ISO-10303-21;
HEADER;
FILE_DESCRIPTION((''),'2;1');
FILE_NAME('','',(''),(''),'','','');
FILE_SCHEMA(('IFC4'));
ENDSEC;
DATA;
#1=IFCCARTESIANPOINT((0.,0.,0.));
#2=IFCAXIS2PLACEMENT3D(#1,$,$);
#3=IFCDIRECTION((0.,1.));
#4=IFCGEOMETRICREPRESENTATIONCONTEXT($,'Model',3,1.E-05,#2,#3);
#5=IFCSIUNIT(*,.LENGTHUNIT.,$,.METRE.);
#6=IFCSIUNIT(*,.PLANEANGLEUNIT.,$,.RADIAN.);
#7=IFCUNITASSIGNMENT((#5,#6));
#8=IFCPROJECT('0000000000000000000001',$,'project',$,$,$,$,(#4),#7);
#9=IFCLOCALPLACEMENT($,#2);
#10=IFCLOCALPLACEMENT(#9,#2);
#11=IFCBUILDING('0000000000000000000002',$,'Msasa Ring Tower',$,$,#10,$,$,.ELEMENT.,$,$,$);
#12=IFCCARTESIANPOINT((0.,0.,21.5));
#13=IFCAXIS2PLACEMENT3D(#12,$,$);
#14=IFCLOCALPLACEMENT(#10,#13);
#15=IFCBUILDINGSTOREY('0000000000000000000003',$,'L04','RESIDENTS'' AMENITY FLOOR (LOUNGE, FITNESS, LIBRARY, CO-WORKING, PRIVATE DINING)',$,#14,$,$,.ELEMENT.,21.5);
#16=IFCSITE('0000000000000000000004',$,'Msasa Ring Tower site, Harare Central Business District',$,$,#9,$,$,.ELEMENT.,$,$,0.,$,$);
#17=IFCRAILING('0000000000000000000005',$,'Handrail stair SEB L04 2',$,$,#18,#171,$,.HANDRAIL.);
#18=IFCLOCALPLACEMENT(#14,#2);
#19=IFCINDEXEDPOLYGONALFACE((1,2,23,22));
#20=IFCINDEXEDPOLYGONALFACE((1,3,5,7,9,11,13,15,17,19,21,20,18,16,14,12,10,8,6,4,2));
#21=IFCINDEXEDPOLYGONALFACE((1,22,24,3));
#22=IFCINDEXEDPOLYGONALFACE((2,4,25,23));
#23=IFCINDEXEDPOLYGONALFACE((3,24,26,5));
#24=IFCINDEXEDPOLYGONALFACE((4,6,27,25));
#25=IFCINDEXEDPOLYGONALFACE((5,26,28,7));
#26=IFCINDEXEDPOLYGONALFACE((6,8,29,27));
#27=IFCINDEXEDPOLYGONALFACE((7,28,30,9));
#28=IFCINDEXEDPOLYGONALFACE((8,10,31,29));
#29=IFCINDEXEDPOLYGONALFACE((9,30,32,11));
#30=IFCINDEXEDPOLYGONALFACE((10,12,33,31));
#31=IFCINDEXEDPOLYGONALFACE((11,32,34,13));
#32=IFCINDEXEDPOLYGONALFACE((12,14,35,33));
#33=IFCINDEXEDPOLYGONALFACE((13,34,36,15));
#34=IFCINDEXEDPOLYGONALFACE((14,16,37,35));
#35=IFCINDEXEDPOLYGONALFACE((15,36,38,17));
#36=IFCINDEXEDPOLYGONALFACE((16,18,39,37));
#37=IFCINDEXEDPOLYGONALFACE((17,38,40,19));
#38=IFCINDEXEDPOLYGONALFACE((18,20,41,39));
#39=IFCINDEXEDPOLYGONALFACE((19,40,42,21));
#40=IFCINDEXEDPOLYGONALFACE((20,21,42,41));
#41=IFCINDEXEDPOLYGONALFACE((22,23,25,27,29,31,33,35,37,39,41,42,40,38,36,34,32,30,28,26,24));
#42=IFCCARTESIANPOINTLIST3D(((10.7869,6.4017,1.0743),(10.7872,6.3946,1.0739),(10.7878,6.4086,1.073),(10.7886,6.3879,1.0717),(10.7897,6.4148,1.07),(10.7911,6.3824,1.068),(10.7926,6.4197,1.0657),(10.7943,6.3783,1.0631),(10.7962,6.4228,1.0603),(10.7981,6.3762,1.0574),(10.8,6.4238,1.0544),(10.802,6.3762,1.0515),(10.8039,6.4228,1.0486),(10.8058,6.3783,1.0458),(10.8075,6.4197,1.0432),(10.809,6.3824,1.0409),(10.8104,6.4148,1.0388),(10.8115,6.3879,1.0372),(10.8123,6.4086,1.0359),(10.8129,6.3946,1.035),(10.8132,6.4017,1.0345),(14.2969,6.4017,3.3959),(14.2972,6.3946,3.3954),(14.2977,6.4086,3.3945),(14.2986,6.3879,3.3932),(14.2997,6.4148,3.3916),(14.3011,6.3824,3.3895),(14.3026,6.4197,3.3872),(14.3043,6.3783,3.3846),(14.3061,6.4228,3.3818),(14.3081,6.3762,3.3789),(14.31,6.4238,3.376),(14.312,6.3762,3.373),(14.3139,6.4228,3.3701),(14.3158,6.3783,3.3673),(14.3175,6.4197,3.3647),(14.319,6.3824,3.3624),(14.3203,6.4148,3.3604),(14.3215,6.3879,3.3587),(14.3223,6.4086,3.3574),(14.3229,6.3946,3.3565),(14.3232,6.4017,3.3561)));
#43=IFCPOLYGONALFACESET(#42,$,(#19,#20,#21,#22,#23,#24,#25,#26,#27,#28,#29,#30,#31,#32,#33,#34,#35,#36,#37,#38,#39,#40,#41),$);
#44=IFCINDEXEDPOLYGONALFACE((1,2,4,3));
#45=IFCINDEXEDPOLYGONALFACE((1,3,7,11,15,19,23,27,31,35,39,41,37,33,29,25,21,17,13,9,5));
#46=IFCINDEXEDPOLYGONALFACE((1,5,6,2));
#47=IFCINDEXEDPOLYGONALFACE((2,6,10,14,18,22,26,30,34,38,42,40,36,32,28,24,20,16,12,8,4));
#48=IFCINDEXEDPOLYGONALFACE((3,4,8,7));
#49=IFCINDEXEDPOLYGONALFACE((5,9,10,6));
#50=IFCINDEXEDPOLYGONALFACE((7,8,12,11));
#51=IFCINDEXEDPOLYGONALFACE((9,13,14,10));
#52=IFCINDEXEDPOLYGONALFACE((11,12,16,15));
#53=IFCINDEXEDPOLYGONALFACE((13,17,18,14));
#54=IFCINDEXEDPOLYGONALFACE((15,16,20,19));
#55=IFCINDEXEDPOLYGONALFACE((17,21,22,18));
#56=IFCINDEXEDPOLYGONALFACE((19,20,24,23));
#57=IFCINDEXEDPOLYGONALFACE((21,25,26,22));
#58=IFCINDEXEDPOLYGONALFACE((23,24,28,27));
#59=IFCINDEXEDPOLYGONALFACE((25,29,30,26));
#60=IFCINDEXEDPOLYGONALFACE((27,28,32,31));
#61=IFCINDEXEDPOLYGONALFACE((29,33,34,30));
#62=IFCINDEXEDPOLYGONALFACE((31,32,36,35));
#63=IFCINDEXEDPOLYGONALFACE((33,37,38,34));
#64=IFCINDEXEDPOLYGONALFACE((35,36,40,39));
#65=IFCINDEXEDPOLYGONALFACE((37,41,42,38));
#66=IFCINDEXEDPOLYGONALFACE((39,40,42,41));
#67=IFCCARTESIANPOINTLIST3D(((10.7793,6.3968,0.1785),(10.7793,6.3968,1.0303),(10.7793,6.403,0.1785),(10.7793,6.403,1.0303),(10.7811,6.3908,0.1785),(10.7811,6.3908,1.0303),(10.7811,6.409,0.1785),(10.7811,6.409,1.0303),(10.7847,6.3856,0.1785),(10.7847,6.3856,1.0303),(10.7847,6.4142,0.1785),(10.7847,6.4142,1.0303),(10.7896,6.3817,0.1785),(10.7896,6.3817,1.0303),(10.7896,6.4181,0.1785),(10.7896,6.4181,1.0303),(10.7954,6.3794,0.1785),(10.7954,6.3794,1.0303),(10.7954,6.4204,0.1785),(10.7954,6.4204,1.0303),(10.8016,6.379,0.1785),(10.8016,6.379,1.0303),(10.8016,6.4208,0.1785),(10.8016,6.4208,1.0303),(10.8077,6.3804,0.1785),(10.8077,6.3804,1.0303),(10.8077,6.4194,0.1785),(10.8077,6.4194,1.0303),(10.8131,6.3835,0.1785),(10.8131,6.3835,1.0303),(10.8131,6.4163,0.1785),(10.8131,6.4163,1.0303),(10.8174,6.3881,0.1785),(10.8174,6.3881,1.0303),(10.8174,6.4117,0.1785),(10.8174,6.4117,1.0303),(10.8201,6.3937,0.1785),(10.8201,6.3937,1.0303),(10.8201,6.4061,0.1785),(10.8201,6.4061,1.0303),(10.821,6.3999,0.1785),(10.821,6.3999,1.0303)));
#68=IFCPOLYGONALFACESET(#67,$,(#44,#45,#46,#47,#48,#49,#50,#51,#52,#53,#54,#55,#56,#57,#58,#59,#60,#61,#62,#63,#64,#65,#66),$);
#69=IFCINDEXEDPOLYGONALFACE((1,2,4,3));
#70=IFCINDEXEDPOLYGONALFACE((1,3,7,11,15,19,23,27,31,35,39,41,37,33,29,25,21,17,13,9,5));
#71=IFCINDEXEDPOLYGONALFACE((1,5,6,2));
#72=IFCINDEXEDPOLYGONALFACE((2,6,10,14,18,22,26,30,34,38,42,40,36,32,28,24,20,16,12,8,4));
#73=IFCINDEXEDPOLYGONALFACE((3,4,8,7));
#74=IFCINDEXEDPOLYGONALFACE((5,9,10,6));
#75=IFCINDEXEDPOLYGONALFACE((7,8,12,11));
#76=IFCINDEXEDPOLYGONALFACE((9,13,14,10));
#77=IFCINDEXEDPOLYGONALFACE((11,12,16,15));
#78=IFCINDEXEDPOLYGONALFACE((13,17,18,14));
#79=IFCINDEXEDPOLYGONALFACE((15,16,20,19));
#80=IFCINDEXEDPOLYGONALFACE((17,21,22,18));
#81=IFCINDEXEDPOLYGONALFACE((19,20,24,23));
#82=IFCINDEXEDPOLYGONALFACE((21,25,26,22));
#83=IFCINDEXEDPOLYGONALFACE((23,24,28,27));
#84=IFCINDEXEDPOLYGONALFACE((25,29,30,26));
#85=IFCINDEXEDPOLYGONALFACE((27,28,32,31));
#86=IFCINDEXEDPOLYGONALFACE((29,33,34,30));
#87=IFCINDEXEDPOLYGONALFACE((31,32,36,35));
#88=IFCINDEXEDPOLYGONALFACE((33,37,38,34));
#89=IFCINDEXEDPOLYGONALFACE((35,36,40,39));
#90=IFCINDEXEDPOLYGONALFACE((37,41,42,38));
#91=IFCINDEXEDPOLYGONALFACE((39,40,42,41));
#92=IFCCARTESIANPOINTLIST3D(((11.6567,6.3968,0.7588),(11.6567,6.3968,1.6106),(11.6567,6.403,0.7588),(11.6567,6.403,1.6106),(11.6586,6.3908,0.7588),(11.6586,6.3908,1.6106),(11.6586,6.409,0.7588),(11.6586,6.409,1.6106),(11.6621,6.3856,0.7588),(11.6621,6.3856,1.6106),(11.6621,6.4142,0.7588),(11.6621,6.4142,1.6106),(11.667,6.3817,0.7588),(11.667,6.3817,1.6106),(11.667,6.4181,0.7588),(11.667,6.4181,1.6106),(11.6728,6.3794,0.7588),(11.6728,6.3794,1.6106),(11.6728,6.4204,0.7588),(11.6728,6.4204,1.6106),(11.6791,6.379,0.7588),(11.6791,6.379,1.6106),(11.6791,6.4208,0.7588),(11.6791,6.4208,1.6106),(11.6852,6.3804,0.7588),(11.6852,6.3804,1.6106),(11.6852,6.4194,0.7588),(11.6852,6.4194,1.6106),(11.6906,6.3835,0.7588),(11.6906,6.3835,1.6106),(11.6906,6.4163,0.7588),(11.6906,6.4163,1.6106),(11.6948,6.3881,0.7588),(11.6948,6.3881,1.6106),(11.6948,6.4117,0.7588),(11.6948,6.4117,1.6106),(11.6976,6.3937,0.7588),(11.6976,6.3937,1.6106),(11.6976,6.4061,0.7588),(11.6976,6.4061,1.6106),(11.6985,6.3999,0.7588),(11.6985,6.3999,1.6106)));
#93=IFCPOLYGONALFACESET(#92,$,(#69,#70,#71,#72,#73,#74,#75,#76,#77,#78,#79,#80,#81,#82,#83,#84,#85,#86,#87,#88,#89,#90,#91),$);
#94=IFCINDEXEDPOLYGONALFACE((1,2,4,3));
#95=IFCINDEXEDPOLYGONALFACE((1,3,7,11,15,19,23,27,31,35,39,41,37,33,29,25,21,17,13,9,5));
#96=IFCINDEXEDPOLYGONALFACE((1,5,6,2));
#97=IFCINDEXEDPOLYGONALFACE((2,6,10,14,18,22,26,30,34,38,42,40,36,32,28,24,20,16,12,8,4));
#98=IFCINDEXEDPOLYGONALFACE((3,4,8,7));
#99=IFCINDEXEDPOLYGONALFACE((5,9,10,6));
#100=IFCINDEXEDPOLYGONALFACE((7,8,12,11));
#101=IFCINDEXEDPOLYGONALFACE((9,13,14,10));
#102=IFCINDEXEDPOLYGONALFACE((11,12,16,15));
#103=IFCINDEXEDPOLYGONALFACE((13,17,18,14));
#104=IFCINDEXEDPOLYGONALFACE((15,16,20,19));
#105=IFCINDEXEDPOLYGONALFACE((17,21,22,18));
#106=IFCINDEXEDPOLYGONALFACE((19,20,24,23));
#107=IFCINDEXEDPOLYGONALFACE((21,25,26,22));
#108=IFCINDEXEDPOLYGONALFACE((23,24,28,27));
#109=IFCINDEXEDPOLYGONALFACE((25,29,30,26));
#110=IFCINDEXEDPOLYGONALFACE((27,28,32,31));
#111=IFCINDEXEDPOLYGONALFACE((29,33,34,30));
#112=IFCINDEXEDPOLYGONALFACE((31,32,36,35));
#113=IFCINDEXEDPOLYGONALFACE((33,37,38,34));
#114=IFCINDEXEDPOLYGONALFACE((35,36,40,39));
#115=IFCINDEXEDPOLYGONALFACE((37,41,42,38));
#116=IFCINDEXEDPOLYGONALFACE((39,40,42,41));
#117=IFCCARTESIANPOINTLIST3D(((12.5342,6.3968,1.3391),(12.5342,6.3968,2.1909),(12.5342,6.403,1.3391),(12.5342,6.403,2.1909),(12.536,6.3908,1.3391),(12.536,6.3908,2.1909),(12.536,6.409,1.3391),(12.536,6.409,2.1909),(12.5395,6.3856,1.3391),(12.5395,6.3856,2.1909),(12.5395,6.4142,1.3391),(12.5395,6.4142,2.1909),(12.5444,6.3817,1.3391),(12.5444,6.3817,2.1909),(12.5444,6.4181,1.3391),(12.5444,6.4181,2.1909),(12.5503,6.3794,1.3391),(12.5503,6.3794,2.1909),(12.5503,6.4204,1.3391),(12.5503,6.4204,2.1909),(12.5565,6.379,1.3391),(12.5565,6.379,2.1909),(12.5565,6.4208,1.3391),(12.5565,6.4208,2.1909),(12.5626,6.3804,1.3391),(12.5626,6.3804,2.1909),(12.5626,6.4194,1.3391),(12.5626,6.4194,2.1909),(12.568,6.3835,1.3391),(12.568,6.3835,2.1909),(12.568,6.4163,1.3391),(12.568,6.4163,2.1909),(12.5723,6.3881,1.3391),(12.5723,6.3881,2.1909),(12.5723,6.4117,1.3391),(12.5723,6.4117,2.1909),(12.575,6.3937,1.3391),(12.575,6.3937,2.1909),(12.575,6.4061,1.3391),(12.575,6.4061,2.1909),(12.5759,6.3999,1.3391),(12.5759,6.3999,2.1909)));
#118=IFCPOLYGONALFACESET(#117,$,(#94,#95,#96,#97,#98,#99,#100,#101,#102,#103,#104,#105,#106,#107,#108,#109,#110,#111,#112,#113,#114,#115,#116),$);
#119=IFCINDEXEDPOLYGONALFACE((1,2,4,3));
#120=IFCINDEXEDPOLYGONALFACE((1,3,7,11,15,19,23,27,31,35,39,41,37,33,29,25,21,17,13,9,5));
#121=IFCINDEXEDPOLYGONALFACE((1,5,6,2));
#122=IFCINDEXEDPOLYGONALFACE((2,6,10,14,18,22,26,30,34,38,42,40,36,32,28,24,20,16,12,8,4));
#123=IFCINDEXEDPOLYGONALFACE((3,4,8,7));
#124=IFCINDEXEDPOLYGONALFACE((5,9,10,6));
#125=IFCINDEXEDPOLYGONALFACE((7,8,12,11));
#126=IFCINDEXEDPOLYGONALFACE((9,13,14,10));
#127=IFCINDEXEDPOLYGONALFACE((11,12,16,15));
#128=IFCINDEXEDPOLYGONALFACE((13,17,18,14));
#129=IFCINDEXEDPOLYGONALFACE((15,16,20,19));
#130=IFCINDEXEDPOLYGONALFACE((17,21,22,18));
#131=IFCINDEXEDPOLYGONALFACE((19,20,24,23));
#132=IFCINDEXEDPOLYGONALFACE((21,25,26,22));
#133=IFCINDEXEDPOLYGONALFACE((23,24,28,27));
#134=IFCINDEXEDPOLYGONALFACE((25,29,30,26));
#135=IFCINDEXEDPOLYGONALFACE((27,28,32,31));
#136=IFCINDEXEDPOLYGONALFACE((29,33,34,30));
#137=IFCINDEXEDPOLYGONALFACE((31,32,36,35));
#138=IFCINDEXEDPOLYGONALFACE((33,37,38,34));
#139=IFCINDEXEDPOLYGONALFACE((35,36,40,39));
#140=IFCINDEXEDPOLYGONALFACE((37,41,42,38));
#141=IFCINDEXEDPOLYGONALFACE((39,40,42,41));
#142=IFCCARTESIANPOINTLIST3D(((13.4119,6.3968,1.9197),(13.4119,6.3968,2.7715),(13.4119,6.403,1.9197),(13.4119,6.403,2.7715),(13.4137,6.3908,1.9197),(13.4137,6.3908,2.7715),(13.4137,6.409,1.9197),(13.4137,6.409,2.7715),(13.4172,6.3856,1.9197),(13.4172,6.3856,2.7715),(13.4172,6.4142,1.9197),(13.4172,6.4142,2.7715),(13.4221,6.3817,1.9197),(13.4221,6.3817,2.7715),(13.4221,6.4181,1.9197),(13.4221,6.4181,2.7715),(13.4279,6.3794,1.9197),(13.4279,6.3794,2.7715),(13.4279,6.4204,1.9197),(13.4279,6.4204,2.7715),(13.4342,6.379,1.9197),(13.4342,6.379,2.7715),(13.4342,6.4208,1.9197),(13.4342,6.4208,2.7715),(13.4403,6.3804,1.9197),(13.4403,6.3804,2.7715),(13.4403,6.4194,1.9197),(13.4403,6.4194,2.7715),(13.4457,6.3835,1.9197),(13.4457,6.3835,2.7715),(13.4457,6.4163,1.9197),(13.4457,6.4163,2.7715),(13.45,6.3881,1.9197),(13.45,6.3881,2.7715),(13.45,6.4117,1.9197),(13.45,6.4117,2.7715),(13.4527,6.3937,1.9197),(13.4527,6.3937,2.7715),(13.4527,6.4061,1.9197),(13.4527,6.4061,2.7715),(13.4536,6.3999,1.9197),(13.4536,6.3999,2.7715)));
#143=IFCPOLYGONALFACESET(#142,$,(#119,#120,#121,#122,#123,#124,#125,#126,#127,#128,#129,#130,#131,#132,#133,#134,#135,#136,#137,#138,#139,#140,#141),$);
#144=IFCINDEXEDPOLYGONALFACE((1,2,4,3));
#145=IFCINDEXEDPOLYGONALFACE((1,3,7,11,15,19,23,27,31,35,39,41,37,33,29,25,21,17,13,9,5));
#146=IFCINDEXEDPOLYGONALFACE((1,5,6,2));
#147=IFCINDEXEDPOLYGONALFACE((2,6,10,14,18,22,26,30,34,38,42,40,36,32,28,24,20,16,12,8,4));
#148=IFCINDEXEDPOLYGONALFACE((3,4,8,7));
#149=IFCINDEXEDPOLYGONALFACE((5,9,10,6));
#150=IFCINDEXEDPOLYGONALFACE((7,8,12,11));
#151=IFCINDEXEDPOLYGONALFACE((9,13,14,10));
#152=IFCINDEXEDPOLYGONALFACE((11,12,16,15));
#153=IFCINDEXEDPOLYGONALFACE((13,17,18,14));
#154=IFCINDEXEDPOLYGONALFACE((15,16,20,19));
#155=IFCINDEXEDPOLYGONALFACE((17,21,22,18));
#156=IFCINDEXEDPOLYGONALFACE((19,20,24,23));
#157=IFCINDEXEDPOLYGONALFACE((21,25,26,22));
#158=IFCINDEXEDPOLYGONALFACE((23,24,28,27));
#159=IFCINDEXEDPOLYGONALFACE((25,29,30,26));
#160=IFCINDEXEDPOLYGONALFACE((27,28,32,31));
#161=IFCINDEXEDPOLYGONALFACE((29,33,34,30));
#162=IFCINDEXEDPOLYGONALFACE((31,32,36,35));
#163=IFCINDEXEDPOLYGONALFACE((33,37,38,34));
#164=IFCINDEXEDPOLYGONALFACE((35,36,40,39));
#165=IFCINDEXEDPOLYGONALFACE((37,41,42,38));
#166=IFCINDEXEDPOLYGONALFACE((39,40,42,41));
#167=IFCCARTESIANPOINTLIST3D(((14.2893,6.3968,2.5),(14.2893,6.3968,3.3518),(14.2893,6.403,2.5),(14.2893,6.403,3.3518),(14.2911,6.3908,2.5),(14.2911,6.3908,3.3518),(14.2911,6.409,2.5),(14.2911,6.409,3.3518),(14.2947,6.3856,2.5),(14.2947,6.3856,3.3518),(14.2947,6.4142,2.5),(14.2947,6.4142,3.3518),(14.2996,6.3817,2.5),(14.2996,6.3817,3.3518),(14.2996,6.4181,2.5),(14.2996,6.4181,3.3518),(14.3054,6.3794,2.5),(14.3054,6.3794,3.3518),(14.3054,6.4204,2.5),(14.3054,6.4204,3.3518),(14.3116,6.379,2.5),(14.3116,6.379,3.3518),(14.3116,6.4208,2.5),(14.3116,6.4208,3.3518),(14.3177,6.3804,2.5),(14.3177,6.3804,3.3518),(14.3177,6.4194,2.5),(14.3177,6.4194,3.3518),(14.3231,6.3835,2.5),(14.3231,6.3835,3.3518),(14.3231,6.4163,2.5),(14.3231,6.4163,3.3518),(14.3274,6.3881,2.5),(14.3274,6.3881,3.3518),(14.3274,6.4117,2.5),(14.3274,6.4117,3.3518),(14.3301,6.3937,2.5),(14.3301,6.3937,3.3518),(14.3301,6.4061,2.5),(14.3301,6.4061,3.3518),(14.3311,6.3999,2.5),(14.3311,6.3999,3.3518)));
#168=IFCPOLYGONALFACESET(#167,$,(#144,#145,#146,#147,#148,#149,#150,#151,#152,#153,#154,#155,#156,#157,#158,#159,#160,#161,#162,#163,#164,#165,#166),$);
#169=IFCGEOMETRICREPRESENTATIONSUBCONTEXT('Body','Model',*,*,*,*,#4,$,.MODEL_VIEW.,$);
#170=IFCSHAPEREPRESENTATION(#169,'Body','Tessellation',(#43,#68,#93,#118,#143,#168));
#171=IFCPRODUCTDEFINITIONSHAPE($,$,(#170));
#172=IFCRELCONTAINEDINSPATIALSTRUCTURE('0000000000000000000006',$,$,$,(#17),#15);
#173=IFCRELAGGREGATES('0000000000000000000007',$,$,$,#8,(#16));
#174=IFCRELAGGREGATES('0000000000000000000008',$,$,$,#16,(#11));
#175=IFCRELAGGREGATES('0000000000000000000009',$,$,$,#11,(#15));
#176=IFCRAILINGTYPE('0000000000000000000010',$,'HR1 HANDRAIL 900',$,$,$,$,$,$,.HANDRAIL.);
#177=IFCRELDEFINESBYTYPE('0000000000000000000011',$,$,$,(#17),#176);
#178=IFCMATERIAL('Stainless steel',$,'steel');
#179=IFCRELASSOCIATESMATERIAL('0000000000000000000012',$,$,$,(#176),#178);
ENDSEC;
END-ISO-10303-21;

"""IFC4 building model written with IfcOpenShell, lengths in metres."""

from ifc_helpers import new_model, si_unit, direction, frame, origin, origin_2d, place, context, subcontext, project, spatial, circle, extrude, material, type_object, element, save


model = new_model("IFC4")

# Units and contexts
model_context = context("Model", 3, precision=1e-05, world=origin(), true_north=direction((0.0, 1.0)))
body_context = subcontext(model_context, "Body", "Model", "MODEL_VIEW")
ifc_project = project(units=[si_unit("LENGTHUNIT", "METRE"), si_unit("PLANEANGLEUNIT", "RADIAN")], contexts=[model_context])

# Site, building, storey
site_placement = place(None, origin())
site = spatial("IfcSite", under=ifc_project, at=site_placement, Name="Msasa Ring Tower site, Harare Central Business District", CompositionType="ELEMENT", RefElevation=0.0)
building_placement = place(site_placement, origin())
building = spatial("IfcBuilding", under=site, at=building_placement, Name="Msasa Ring Tower", CompositionType="ELEMENT")
storey_placement = place(building_placement, frame((0.0, 0.0, 21.5)))
storey = spatial("IfcBuildingStorey", under=building, at=storey_placement, Name="L04", Description="RESIDENTS' AMENITY FLOOR (LOUNGE, FITNESS, LIBRARY, CO-WORKING, PRIVATE DINING)", CompositionType="ELEMENT", Elevation=21.5)

# Railing
ifc_material_1 = material(Name="Stainless steel", Category="steel")
railing_type = type_object("IfcRailingType", Name="HR1 HANDRAIL 900", PredefinedType="HANDRAIL", material=ifc_material_1)
for number, where, name in (
    (1, (10.8, 6.3999, 0.1785), "Handrail stair SEB L04 2"),
):
    element("IfcRailing", number, at=place(storey_placement, frame(where)), inside=storey, type_object=railing_type, Name=name, PredefinedType="HANDRAIL", context=body_context, shape_type="SweptSolid", body=[
        extrude(circle(Radius=0.0239, at=origin_2d()), frame((0.0, 0.0, 0.876), z_axis=(0.834071, 0.0, 0.551657), x_axis=(0.0, 1.0, 0.0)), (0.0, 0.0, 1.0), 4.2083),
        extrude(circle(Radius=0.021, at=origin_2d()), origin(), (0.0, 0.0, 1.0), 0.8518),
        extrude(circle(Radius=0.021, at=origin_2d()), frame((0.8774, 0.0, 0.5803)), (0.0, 0.0, 1.0), 0.8518),
        extrude(circle(Radius=0.021, at=origin_2d()), frame((1.7549, 0.0, 1.1606)), (0.0, 0.0, 1.0), 0.8518),
        extrude(circle(Radius=0.021, at=origin_2d()), frame((2.6326, 0.0, 1.7412)), (0.0, 0.0, 1.0), 0.8518),
        extrude(circle(Radius=0.021, at=origin_2d()), frame((3.51, 0.0, 2.3215)), (0.0, 0.0, 1.0), 0.8518),
    ])

save(model, "model.ifc")
